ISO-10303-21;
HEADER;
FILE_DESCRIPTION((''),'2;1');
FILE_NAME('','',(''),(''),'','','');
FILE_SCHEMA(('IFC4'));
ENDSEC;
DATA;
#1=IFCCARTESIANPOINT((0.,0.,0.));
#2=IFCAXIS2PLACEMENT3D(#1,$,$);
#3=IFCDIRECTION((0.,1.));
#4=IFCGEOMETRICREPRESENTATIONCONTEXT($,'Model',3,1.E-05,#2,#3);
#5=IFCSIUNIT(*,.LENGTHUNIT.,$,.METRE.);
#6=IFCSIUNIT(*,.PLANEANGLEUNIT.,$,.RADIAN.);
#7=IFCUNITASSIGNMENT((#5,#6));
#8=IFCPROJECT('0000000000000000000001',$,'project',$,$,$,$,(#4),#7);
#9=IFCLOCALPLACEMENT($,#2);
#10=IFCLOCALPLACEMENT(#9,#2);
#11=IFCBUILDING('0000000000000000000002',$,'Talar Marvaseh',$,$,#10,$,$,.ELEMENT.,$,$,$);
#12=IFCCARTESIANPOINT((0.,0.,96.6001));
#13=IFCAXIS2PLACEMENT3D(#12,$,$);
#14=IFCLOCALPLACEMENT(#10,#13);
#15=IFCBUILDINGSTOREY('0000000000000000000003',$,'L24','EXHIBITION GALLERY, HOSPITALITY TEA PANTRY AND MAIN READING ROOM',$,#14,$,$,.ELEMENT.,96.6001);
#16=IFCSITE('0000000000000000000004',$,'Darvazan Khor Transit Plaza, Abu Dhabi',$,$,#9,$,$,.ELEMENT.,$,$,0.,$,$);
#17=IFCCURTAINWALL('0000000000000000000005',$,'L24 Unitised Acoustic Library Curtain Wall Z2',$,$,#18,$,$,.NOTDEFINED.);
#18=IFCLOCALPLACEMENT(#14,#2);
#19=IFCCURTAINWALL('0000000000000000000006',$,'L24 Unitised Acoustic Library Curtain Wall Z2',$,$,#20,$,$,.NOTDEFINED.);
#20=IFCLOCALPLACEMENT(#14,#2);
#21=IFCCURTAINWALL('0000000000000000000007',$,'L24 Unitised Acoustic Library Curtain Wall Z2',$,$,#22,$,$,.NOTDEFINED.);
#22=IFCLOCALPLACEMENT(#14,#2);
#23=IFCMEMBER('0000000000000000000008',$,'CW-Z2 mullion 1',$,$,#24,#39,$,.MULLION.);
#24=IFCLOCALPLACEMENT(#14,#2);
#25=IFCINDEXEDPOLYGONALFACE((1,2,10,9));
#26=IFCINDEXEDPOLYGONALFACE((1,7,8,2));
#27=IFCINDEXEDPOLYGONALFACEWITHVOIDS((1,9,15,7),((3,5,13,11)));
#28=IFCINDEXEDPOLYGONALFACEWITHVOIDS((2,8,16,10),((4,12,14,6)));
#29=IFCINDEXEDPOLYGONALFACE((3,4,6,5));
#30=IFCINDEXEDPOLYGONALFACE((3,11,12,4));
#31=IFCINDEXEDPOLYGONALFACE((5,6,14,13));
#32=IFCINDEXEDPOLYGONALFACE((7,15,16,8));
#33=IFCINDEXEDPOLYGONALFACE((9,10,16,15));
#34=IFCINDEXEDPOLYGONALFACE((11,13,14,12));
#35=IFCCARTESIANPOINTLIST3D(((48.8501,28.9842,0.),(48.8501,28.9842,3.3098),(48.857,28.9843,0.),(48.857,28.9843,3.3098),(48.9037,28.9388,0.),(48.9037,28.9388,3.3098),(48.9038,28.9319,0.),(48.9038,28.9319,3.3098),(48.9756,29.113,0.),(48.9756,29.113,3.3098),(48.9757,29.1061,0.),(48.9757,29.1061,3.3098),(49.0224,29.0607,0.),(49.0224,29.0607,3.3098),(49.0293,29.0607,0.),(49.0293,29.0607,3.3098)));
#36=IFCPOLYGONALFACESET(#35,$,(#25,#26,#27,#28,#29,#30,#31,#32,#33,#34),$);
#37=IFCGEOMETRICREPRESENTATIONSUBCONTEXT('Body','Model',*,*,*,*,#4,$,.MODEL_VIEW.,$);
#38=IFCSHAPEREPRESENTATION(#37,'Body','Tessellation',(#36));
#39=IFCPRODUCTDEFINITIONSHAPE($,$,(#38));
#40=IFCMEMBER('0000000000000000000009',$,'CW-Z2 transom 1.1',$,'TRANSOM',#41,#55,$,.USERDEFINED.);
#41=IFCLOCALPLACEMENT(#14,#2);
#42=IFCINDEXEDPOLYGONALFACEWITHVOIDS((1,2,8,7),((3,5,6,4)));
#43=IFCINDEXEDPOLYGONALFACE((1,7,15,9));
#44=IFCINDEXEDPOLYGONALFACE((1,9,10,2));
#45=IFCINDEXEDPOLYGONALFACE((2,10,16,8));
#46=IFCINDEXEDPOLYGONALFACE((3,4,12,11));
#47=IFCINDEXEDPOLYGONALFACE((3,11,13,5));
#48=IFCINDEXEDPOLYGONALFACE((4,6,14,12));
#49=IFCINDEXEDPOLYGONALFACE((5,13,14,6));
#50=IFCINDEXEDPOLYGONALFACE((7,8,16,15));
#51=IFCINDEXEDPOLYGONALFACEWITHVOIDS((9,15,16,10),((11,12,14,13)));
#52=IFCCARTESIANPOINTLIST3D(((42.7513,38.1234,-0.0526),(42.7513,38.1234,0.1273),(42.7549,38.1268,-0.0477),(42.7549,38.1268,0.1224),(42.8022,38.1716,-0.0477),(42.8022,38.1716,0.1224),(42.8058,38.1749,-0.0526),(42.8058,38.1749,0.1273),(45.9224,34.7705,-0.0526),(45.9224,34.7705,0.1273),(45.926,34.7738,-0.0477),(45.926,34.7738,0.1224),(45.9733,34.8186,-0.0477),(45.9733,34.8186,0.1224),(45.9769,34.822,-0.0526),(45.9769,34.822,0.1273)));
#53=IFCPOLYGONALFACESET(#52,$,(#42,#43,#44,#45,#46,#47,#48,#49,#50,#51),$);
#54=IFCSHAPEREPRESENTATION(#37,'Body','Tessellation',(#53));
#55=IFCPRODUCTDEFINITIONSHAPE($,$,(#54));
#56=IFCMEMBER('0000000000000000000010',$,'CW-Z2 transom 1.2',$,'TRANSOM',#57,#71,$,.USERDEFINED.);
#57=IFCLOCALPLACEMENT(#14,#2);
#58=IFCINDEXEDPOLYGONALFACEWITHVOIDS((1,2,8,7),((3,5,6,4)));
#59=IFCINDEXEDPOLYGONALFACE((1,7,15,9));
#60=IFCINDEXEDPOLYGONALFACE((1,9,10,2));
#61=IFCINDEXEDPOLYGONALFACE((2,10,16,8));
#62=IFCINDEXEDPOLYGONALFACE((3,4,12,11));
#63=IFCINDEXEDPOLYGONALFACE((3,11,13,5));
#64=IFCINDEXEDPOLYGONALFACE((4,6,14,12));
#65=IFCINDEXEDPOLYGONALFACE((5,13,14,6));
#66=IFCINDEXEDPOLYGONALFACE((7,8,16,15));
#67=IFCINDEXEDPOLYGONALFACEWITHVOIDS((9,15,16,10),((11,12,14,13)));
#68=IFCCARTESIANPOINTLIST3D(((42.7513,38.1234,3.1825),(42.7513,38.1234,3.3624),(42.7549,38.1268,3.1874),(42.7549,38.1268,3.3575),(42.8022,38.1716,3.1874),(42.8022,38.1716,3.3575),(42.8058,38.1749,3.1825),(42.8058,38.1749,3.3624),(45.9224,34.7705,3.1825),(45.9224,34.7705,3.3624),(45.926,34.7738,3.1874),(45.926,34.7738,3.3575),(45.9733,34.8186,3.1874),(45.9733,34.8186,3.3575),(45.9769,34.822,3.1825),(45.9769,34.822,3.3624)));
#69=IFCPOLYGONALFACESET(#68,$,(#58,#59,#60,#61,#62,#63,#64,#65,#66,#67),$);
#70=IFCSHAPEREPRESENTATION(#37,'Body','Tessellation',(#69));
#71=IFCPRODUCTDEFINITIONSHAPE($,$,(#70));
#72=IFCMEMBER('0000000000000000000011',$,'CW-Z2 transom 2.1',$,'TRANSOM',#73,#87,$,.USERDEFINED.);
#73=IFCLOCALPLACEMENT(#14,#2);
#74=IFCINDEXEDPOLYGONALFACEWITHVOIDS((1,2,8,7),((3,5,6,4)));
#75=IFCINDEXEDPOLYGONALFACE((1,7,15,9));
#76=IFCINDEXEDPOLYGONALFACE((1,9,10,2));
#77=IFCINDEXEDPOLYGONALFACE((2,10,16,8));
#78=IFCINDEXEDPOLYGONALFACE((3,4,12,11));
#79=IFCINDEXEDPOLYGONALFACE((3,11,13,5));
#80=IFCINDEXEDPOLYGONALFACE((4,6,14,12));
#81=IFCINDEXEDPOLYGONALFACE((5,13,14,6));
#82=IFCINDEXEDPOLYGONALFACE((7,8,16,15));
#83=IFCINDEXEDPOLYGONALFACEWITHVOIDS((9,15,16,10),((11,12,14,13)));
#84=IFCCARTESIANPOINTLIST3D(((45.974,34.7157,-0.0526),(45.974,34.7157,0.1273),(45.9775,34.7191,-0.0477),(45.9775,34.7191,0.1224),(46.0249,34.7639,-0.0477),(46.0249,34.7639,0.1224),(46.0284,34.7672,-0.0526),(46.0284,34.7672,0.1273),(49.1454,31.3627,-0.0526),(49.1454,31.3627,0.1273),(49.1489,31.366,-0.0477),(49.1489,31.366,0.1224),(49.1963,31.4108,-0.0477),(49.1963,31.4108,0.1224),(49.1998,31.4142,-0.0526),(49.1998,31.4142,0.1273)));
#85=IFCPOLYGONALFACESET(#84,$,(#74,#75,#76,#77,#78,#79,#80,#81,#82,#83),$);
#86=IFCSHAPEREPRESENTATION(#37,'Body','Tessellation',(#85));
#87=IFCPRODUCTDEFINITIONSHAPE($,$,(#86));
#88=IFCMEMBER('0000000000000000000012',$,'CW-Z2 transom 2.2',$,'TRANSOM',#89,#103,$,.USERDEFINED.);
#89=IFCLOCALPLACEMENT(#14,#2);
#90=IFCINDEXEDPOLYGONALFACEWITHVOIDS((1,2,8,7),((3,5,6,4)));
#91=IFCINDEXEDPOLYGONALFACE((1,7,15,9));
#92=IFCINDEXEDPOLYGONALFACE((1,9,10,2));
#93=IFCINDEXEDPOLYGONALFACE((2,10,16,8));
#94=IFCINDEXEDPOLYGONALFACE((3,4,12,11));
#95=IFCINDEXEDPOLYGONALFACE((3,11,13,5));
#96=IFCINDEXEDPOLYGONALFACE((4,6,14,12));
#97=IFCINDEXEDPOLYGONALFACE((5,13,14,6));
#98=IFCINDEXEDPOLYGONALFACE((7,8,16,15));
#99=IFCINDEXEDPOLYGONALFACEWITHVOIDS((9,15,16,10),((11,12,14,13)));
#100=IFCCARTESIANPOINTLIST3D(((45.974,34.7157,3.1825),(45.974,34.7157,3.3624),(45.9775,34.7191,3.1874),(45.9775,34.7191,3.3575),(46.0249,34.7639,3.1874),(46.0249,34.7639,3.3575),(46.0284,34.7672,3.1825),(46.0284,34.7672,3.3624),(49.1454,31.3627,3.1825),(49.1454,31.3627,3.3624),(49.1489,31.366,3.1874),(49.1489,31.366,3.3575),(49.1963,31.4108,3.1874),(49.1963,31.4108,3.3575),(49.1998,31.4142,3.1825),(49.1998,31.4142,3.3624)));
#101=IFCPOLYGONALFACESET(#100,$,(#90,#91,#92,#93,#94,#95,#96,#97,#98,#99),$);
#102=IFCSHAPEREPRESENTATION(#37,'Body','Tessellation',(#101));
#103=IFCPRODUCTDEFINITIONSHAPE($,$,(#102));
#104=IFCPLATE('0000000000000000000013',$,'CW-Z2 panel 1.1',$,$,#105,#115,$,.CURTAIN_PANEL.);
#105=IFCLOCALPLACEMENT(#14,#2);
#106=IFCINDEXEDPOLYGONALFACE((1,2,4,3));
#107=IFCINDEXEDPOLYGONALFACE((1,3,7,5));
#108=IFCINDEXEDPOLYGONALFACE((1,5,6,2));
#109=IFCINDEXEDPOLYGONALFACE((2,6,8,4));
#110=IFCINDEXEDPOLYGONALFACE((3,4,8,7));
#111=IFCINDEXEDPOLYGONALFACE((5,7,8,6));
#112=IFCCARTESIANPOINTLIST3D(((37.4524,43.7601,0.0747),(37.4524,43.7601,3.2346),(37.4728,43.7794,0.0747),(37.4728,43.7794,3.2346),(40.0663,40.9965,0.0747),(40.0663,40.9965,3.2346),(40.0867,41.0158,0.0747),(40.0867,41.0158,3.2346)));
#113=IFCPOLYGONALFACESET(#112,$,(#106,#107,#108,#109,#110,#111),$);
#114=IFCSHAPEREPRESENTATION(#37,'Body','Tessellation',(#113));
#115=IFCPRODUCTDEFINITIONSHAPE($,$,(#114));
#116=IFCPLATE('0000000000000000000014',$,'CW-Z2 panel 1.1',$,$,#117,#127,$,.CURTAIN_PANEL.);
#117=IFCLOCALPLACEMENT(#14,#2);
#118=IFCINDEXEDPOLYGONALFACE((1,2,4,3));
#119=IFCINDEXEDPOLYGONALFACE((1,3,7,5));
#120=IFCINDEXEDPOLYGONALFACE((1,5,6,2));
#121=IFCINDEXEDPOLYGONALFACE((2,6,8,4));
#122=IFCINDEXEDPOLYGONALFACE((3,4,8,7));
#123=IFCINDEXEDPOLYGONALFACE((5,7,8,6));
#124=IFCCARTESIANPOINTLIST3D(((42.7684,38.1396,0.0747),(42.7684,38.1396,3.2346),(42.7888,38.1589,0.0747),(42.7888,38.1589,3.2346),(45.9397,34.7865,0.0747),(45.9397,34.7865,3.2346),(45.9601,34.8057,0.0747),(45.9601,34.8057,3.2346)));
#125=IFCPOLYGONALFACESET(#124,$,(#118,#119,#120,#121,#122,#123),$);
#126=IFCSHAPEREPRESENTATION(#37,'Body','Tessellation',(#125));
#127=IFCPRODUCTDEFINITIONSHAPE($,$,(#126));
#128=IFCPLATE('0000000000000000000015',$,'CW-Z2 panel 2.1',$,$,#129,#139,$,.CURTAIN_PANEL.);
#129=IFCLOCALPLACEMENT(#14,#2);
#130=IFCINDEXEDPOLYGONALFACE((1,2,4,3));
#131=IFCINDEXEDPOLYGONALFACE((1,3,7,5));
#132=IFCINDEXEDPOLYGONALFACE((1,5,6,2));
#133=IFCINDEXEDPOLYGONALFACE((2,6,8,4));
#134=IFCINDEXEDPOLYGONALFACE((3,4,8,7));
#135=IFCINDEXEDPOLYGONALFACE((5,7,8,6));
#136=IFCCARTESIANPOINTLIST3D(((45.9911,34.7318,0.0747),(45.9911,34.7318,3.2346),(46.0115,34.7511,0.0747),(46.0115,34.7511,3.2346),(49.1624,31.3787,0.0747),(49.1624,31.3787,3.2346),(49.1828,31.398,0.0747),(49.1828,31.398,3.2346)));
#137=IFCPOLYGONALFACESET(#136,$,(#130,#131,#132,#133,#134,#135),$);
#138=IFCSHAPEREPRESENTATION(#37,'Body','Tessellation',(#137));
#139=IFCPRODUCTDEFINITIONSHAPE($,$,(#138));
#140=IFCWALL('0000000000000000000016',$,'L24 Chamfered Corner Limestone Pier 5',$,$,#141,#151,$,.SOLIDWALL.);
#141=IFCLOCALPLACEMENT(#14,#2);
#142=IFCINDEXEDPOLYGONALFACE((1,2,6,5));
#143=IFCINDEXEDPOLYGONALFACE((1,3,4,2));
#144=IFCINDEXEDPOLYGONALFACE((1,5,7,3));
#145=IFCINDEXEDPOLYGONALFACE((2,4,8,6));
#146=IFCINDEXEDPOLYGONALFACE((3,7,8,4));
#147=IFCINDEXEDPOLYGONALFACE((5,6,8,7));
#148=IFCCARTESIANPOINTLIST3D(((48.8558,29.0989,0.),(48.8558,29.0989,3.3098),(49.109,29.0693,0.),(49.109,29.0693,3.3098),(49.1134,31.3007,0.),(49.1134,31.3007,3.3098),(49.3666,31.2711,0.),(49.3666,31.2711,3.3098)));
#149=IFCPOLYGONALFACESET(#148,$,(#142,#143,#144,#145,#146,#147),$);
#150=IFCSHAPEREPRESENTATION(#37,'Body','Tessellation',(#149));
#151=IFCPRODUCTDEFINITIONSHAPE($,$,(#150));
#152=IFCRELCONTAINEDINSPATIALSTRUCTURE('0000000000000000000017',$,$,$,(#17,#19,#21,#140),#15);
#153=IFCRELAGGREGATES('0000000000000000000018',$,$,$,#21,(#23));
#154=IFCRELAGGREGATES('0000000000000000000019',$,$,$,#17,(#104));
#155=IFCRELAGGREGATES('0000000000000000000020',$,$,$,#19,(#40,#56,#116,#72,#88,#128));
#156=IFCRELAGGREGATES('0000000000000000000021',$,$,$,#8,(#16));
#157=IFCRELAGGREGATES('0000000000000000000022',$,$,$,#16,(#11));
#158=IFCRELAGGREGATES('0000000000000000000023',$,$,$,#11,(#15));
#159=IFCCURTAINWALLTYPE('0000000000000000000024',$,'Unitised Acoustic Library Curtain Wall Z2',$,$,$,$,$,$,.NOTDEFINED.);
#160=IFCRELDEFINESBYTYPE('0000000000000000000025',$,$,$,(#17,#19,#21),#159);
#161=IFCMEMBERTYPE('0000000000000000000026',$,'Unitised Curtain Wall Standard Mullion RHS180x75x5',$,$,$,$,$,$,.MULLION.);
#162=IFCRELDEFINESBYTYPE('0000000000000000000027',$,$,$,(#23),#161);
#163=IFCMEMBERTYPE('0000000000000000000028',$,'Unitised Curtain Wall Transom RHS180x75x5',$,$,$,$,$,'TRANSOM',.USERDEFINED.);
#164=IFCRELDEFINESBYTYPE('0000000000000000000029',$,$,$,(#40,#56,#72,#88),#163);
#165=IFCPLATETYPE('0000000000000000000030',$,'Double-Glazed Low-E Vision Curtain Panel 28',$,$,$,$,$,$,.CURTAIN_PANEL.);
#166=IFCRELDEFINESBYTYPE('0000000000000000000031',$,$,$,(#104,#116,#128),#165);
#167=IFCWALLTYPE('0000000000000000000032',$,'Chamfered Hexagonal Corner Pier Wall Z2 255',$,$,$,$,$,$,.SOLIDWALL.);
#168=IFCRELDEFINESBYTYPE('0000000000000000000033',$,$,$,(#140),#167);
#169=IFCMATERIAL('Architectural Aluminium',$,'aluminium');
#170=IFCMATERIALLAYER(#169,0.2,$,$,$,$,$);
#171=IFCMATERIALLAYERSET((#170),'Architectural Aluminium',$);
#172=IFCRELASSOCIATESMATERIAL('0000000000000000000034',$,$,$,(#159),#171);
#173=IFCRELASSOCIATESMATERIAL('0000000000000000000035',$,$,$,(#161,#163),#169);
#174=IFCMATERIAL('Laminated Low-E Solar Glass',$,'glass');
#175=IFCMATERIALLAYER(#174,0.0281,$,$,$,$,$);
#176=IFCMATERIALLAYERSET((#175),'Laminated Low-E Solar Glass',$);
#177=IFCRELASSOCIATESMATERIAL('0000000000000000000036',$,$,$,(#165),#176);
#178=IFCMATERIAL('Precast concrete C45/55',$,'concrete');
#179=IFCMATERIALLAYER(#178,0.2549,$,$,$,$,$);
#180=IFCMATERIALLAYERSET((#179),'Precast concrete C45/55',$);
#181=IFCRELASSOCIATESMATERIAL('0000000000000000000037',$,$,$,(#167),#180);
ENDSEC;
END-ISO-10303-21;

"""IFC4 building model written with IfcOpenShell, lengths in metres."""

from ifc_helpers import new_model, si_unit, direction, frame, frame_2d, origin, origin_2d, place, context, subcontext, project, spatial, rectangle, hollow_rectangle, extrude, source, transform, mapped, material, layer, layer_set, material_profile, profile_set, type_object, type_shapes, element, aggregate, save


model = new_model("IFC4")

# Units and contexts
model_context = context("Model", 3, precision=1e-05, world=origin(), true_north=direction((0.0, 1.0)))
body_context = subcontext(model_context, "Body", "Model", "MODEL_VIEW")
ifc_project = project(units=[si_unit("LENGTHUNIT", "METRE"), si_unit("PLANEANGLEUNIT", "RADIAN")], contexts=[model_context])

# Site, building, storey
site_placement = place(None, origin())
site = spatial("IfcSite", under=ifc_project, at=site_placement, Name="Darvazan Khor Transit Plaza, Abu Dhabi", CompositionType="ELEMENT", RefElevation=0.0)
building_placement = place(site_placement, origin())
building = spatial("IfcBuilding", under=site, at=building_placement, Name="Talar Marvaseh", CompositionType="ELEMENT")
storey_placement = place(building_placement, frame((0.0, 0.0, 96.6001)))
storey = spatial("IfcBuildingStorey", under=building, at=storey_placement, Name="L24", Description="EXHIBITION GALLERY, HOSPITALITY TEA PANTRY AND MAIN READING ROOM", CompositionType="ELEMENT", Elevation=96.6001)

# Curtain wall
ifc_material_1 = material(Name="Architectural Aluminium", Category="aluminium")
ifc_layer_1 = layer(ifc_material_1, 0.2)
ifc_layer_set_1 = layer_set([ifc_layer_1], Name="Architectural Aluminium")
curtain_wall_type = type_object("IfcCurtainWallType", Name="Unitised Acoustic Library Curtain Wall Z2", PredefinedType="NOTDEFINED", material=ifc_layer_set_1)
curtain_wall_1_placement = place(storey_placement, origin())
curtain_wall_1 = element("IfcCurtainWall", 1, at=curtain_wall_1_placement, inside=storey, type_object=curtain_wall_type, Name="L24 Unitised Acoustic Library Curtain Wall Z2", PredefinedType="NOTDEFINED")
ifc_material_profile_1 = material_profile(ifc_material_1, hollow_rectangle(XDim=0.075, YDim=0.1799, WallThickness=0.0049, at=origin_2d()), Name="RHS180x75x5")
ifc_profile_set_1 = profile_set([ifc_material_profile_1], Name="Architectural Aluminium")
member_type_1 = type_object("IfcMemberType", Name="Unitised Curtain Wall Standard Mullion RHS180x75x5", PredefinedType="MULLION", material=ifc_profile_set_1)
shared_shape_1 = source(origin(), body_context, "Body", "SweptSolid", [
    extrude(hollow_rectangle(XDim=0.075, YDim=0.1799, WallThickness=0.0049, at=origin_2d()), origin(), (0.0, 0.0, 1.0), 3.3098),
])
type_shapes(member_type_1, [shared_shape_1])

# Curtain wall
curtain_wall_2_placement = place(storey_placement, origin())
curtain_wall_2 = element("IfcCurtainWall", 2, at=curtain_wall_2_placement, inside=storey, type_object=curtain_wall_type, Name="L24 Unitised Acoustic Library Curtain Wall Z2", PredefinedType="NOTDEFINED")

# Curtain wall, member
curtain_wall_3_placement = place(storey_placement, origin())
curtain_wall_3 = element("IfcCurtainWall", 3, at=curtain_wall_3_placement, inside=storey, type_object=curtain_wall_type, Name="L24 Unitised Acoustic Library Curtain Wall Z2", PredefinedType="NOTDEFINED")
member_1_placement = place(storey_placement, frame((48.9397, 29.0225, 0.0), z_axis=(0.0, 0.0, 1.0), x_axis=(0.716198, -0.697897, 0.0)))
member_1 = element("IfcMember", 4, at=member_1_placement, type_object=member_type_1, Name="CW-Z2 mullion 1", PredefinedType="MULLION", context=body_context, shape_type="MappedRepresentation", body=[
    mapped(shared_shape_1, transform((0.0, 0.0, 0.0), x_axis=(1.0, 0.0, 0.0), y_axis=(0.0, 1.0, 0.0), z_axis=(0.0, 0.0, 1.0), scale=1.0)),
])
aggregate(curtain_wall_3, [member_1])

# Members
ifc_material_profile_2 = material_profile(ifc_material_1, hollow_rectangle(XDim=0.075, YDim=0.1799, WallThickness=0.0049, at=origin_2d()), Name="RHS180x75x5")
ifc_profile_set_2 = profile_set([ifc_material_profile_2], Name="Architectural Aluminium")
member_type_2 = type_object("IfcMemberType", Name="Unitised Curtain Wall Transom RHS180x75x5", ElementType="TRANSOM", PredefinedType="USERDEFINED", material=ifc_profile_set_2)
shared_shape_2 = source(origin(), body_context, "Body", "SweptSolid", [
    extrude(hollow_rectangle(XDim=0.075, YDim=0.1799, WallThickness=0.0049, at=origin_2d()), origin(), (0.0, 0.0, 1.0), 4.615),
])
member_2_placement = place(storey_placement, frame((42.7786, 38.1492, 0.0374), z_axis=(0.687127, -0.726538, 0.0), x_axis=(0.726538, 0.687127, 0.0)))
member_2 = element("IfcMember", 5, at=member_2_placement, type_object=member_type_2, Name="CW-Z2 transom 1.1", ObjectType="TRANSOM", PredefinedType="USERDEFINED", context=body_context, shape_type="MappedRepresentation", body=[
    mapped(shared_shape_2, transform((0.0, 0.0, 0.0), x_axis=(1.0, 0.0, 0.0), y_axis=(0.0, 1.0, 0.0), z_axis=(0.0, 0.0, 1.0), scale=1.0)),
])
member_3_placement = place(storey_placement, frame((42.7786, 38.1492, 3.2725), z_axis=(0.687127, -0.726538, 0.0), x_axis=(0.726538, 0.687127, 0.0)))
member_3 = element("IfcMember", 6, at=member_3_placement, type_object=member_type_2, Name="CW-Z2 transom 1.2", ObjectType="TRANSOM", PredefinedType="USERDEFINED", context=body_context, shape_type="MappedRepresentation", body=[
    mapped(shared_shape_2, transform((0.0, 0.0, 0.0), x_axis=(1.0, 0.0, 0.0), y_axis=(0.0, 1.0, 0.0), z_axis=(0.0, 0.0, 1.0), scale=1.0)),
])
shared_shape_3 = source(origin(), body_context, "Body", "SweptSolid", [
    extrude(hollow_rectangle(XDim=0.075, YDim=0.1799, WallThickness=0.0049, at=origin_2d()), origin(), (0.0, 0.0, 1.0), 4.6152),
])
type_shapes(member_type_2, [shared_shape_2, shared_shape_3])
member_4_placement = place(storey_placement, frame((46.0012, 34.7415, 0.0374), z_axis=(0.687155, -0.726511, 0.0), x_axis=(0.726511, 0.687155, 0.0)))
member_4 = element("IfcMember", 7, at=member_4_placement, type_object=member_type_2, Name="CW-Z2 transom 2.1", ObjectType="TRANSOM", PredefinedType="USERDEFINED", context=body_context, shape_type="MappedRepresentation", body=[
    mapped(shared_shape_3, transform((0.0, 0.0, 0.0), x_axis=(1.0, 0.0, 0.0), y_axis=(0.0, 1.0, 0.0), z_axis=(0.0, 0.0, 1.0), scale=1.0)),
])
member_5_placement = place(storey_placement, frame((46.0012, 34.7415, 3.2725), z_axis=(0.687155, -0.726511, 0.0), x_axis=(0.726511, 0.687155, 0.0)))
member_5 = element("IfcMember", 8, at=member_5_placement, type_object=member_type_2, Name="CW-Z2 transom 2.2", ObjectType="TRANSOM", PredefinedType="USERDEFINED", context=body_context, shape_type="MappedRepresentation", body=[
    mapped(shared_shape_3, transform((0.0, 0.0, 0.0), x_axis=(1.0, 0.0, 0.0), y_axis=(0.0, 1.0, 0.0), z_axis=(0.0, 0.0, 1.0), scale=1.0)),
])

# Plates
ifc_material_2 = material(Name="Laminated Low-E Solar Glass", Category="glass")
ifc_layer_2 = layer(ifc_material_2, 0.0281)
ifc_layer_set_2 = layer_set([ifc_layer_2], Name="Laminated Low-E Solar Glass")
plate_type = type_object("IfcPlateType", Name="Double-Glazed Low-E Vision Curtain Panel 28", PredefinedType="CURTAIN_PANEL", material=ifc_layer_set_2)
shared_shape_4 = source(origin(), body_context, "Body", "SweptSolid", [
    extrude(rectangle(XDim=3.804, YDim=0.0281, at=origin_2d()), origin(), (0.0, 0.0, 1.0), 3.1599),
])
plate_1_placement = place(storey_placement, frame((38.7695, 42.3879, 0.0747), z_axis=(0.0, 0.0, 1.0), x_axis=(0.687144, -0.726521, 0.0)))
plate_1 = element("IfcPlate", 9, at=plate_1_placement, type_object=plate_type, Name="CW-Z2 panel 1.1", PredefinedType="CURTAIN_PANEL", context=body_context, shape_type="MappedRepresentation", body=[
    mapped(shared_shape_4, transform((0.0, 0.0, 0.0), x_axis=(1.0, 0.0, 0.0), y_axis=(0.0, 1.0, 0.0), z_axis=(0.0, 0.0, 1.0), scale=1.0)),
])
aggregate(curtain_wall_1, [plate_1])
shared_shape_5 = source(origin(), body_context, "Body", "SweptSolid", [
    extrude(rectangle(XDim=4.6152, YDim=0.0281, at=origin_2d()), origin(), (0.0, 0.0, 1.0), 3.1599),
])
type_shapes(plate_type, [shared_shape_4, shared_shape_5])
plate_2_placement = place(storey_placement, frame((44.3643, 36.4727, 0.0747), z_axis=(0.0, 0.0, 1.0), x_axis=(0.687135, -0.72653, 0.0)))
plate_2 = element("IfcPlate", 10, at=plate_2_placement, type_object=plate_type, Name="CW-Z2 panel 1.1", PredefinedType="CURTAIN_PANEL", context=body_context, shape_type="MappedRepresentation", body=[
    mapped(shared_shape_5, transform((0.0, 0.0, 0.0), x_axis=(1.0, 0.0, 0.0), y_axis=(0.0, 1.0, 0.0), z_axis=(0.0, 0.0, 1.0), scale=1.0)),
])
plate_3_placement = place(storey_placement, frame((47.5869, 33.0649, 0.0747), z_axis=(0.0, 0.0, 1.0), x_axis=(0.687135, -0.72653, 0.0)))
plate_3 = element("IfcPlate", 11, at=plate_3_placement, type_object=plate_type, Name="CW-Z2 panel 2.1", PredefinedType="CURTAIN_PANEL", context=body_context, shape_type="MappedRepresentation", body=[
    mapped(shared_shape_5, transform((0.0, 0.0, 0.0), x_axis=(1.0, 0.0, 0.0), y_axis=(0.0, 1.0, 0.0), z_axis=(0.0, 0.0, 1.0), scale=1.0)),
])
aggregate(curtain_wall_2, [member_2, member_3, plate_2, member_4, member_5, plate_3])

# Wall
ifc_material_3 = material(Name="Precast concrete C45/55", Category="concrete")
ifc_layer_3 = layer(ifc_material_3, 0.2549)
ifc_layer_set_3 = layer_set([ifc_layer_3], Name="Precast concrete C45/55")
wall_type_1 = type_object("IfcWallType", Name="Chamfered Hexagonal Corner Pier Wall Z2 255", PredefinedType="SOLIDWALL", material=ifc_layer_set_3)
wall_1_placement = place(storey_placement, frame((49.24, 31.2859, 0.0), z_axis=(0.0, 0.0, 1.0), x_axis=(-0.116196, -0.993226, 0.0)))
element("IfcWall", 12, at=wall_1_placement, inside=storey, type_object=wall_type_1, Name="L24 Chamfered Corner Limestone Pier 5", PredefinedType="SOLIDWALL", context=body_context, shape_type="SweptSolid", body=[
    extrude(rectangle(XDim=2.2168, YDim=0.2549, at=frame_2d((1.1084, 0.0))), origin(), (0.0, 0.0, 1.0), 3.3098),
])

save(model, "model.ifc")
